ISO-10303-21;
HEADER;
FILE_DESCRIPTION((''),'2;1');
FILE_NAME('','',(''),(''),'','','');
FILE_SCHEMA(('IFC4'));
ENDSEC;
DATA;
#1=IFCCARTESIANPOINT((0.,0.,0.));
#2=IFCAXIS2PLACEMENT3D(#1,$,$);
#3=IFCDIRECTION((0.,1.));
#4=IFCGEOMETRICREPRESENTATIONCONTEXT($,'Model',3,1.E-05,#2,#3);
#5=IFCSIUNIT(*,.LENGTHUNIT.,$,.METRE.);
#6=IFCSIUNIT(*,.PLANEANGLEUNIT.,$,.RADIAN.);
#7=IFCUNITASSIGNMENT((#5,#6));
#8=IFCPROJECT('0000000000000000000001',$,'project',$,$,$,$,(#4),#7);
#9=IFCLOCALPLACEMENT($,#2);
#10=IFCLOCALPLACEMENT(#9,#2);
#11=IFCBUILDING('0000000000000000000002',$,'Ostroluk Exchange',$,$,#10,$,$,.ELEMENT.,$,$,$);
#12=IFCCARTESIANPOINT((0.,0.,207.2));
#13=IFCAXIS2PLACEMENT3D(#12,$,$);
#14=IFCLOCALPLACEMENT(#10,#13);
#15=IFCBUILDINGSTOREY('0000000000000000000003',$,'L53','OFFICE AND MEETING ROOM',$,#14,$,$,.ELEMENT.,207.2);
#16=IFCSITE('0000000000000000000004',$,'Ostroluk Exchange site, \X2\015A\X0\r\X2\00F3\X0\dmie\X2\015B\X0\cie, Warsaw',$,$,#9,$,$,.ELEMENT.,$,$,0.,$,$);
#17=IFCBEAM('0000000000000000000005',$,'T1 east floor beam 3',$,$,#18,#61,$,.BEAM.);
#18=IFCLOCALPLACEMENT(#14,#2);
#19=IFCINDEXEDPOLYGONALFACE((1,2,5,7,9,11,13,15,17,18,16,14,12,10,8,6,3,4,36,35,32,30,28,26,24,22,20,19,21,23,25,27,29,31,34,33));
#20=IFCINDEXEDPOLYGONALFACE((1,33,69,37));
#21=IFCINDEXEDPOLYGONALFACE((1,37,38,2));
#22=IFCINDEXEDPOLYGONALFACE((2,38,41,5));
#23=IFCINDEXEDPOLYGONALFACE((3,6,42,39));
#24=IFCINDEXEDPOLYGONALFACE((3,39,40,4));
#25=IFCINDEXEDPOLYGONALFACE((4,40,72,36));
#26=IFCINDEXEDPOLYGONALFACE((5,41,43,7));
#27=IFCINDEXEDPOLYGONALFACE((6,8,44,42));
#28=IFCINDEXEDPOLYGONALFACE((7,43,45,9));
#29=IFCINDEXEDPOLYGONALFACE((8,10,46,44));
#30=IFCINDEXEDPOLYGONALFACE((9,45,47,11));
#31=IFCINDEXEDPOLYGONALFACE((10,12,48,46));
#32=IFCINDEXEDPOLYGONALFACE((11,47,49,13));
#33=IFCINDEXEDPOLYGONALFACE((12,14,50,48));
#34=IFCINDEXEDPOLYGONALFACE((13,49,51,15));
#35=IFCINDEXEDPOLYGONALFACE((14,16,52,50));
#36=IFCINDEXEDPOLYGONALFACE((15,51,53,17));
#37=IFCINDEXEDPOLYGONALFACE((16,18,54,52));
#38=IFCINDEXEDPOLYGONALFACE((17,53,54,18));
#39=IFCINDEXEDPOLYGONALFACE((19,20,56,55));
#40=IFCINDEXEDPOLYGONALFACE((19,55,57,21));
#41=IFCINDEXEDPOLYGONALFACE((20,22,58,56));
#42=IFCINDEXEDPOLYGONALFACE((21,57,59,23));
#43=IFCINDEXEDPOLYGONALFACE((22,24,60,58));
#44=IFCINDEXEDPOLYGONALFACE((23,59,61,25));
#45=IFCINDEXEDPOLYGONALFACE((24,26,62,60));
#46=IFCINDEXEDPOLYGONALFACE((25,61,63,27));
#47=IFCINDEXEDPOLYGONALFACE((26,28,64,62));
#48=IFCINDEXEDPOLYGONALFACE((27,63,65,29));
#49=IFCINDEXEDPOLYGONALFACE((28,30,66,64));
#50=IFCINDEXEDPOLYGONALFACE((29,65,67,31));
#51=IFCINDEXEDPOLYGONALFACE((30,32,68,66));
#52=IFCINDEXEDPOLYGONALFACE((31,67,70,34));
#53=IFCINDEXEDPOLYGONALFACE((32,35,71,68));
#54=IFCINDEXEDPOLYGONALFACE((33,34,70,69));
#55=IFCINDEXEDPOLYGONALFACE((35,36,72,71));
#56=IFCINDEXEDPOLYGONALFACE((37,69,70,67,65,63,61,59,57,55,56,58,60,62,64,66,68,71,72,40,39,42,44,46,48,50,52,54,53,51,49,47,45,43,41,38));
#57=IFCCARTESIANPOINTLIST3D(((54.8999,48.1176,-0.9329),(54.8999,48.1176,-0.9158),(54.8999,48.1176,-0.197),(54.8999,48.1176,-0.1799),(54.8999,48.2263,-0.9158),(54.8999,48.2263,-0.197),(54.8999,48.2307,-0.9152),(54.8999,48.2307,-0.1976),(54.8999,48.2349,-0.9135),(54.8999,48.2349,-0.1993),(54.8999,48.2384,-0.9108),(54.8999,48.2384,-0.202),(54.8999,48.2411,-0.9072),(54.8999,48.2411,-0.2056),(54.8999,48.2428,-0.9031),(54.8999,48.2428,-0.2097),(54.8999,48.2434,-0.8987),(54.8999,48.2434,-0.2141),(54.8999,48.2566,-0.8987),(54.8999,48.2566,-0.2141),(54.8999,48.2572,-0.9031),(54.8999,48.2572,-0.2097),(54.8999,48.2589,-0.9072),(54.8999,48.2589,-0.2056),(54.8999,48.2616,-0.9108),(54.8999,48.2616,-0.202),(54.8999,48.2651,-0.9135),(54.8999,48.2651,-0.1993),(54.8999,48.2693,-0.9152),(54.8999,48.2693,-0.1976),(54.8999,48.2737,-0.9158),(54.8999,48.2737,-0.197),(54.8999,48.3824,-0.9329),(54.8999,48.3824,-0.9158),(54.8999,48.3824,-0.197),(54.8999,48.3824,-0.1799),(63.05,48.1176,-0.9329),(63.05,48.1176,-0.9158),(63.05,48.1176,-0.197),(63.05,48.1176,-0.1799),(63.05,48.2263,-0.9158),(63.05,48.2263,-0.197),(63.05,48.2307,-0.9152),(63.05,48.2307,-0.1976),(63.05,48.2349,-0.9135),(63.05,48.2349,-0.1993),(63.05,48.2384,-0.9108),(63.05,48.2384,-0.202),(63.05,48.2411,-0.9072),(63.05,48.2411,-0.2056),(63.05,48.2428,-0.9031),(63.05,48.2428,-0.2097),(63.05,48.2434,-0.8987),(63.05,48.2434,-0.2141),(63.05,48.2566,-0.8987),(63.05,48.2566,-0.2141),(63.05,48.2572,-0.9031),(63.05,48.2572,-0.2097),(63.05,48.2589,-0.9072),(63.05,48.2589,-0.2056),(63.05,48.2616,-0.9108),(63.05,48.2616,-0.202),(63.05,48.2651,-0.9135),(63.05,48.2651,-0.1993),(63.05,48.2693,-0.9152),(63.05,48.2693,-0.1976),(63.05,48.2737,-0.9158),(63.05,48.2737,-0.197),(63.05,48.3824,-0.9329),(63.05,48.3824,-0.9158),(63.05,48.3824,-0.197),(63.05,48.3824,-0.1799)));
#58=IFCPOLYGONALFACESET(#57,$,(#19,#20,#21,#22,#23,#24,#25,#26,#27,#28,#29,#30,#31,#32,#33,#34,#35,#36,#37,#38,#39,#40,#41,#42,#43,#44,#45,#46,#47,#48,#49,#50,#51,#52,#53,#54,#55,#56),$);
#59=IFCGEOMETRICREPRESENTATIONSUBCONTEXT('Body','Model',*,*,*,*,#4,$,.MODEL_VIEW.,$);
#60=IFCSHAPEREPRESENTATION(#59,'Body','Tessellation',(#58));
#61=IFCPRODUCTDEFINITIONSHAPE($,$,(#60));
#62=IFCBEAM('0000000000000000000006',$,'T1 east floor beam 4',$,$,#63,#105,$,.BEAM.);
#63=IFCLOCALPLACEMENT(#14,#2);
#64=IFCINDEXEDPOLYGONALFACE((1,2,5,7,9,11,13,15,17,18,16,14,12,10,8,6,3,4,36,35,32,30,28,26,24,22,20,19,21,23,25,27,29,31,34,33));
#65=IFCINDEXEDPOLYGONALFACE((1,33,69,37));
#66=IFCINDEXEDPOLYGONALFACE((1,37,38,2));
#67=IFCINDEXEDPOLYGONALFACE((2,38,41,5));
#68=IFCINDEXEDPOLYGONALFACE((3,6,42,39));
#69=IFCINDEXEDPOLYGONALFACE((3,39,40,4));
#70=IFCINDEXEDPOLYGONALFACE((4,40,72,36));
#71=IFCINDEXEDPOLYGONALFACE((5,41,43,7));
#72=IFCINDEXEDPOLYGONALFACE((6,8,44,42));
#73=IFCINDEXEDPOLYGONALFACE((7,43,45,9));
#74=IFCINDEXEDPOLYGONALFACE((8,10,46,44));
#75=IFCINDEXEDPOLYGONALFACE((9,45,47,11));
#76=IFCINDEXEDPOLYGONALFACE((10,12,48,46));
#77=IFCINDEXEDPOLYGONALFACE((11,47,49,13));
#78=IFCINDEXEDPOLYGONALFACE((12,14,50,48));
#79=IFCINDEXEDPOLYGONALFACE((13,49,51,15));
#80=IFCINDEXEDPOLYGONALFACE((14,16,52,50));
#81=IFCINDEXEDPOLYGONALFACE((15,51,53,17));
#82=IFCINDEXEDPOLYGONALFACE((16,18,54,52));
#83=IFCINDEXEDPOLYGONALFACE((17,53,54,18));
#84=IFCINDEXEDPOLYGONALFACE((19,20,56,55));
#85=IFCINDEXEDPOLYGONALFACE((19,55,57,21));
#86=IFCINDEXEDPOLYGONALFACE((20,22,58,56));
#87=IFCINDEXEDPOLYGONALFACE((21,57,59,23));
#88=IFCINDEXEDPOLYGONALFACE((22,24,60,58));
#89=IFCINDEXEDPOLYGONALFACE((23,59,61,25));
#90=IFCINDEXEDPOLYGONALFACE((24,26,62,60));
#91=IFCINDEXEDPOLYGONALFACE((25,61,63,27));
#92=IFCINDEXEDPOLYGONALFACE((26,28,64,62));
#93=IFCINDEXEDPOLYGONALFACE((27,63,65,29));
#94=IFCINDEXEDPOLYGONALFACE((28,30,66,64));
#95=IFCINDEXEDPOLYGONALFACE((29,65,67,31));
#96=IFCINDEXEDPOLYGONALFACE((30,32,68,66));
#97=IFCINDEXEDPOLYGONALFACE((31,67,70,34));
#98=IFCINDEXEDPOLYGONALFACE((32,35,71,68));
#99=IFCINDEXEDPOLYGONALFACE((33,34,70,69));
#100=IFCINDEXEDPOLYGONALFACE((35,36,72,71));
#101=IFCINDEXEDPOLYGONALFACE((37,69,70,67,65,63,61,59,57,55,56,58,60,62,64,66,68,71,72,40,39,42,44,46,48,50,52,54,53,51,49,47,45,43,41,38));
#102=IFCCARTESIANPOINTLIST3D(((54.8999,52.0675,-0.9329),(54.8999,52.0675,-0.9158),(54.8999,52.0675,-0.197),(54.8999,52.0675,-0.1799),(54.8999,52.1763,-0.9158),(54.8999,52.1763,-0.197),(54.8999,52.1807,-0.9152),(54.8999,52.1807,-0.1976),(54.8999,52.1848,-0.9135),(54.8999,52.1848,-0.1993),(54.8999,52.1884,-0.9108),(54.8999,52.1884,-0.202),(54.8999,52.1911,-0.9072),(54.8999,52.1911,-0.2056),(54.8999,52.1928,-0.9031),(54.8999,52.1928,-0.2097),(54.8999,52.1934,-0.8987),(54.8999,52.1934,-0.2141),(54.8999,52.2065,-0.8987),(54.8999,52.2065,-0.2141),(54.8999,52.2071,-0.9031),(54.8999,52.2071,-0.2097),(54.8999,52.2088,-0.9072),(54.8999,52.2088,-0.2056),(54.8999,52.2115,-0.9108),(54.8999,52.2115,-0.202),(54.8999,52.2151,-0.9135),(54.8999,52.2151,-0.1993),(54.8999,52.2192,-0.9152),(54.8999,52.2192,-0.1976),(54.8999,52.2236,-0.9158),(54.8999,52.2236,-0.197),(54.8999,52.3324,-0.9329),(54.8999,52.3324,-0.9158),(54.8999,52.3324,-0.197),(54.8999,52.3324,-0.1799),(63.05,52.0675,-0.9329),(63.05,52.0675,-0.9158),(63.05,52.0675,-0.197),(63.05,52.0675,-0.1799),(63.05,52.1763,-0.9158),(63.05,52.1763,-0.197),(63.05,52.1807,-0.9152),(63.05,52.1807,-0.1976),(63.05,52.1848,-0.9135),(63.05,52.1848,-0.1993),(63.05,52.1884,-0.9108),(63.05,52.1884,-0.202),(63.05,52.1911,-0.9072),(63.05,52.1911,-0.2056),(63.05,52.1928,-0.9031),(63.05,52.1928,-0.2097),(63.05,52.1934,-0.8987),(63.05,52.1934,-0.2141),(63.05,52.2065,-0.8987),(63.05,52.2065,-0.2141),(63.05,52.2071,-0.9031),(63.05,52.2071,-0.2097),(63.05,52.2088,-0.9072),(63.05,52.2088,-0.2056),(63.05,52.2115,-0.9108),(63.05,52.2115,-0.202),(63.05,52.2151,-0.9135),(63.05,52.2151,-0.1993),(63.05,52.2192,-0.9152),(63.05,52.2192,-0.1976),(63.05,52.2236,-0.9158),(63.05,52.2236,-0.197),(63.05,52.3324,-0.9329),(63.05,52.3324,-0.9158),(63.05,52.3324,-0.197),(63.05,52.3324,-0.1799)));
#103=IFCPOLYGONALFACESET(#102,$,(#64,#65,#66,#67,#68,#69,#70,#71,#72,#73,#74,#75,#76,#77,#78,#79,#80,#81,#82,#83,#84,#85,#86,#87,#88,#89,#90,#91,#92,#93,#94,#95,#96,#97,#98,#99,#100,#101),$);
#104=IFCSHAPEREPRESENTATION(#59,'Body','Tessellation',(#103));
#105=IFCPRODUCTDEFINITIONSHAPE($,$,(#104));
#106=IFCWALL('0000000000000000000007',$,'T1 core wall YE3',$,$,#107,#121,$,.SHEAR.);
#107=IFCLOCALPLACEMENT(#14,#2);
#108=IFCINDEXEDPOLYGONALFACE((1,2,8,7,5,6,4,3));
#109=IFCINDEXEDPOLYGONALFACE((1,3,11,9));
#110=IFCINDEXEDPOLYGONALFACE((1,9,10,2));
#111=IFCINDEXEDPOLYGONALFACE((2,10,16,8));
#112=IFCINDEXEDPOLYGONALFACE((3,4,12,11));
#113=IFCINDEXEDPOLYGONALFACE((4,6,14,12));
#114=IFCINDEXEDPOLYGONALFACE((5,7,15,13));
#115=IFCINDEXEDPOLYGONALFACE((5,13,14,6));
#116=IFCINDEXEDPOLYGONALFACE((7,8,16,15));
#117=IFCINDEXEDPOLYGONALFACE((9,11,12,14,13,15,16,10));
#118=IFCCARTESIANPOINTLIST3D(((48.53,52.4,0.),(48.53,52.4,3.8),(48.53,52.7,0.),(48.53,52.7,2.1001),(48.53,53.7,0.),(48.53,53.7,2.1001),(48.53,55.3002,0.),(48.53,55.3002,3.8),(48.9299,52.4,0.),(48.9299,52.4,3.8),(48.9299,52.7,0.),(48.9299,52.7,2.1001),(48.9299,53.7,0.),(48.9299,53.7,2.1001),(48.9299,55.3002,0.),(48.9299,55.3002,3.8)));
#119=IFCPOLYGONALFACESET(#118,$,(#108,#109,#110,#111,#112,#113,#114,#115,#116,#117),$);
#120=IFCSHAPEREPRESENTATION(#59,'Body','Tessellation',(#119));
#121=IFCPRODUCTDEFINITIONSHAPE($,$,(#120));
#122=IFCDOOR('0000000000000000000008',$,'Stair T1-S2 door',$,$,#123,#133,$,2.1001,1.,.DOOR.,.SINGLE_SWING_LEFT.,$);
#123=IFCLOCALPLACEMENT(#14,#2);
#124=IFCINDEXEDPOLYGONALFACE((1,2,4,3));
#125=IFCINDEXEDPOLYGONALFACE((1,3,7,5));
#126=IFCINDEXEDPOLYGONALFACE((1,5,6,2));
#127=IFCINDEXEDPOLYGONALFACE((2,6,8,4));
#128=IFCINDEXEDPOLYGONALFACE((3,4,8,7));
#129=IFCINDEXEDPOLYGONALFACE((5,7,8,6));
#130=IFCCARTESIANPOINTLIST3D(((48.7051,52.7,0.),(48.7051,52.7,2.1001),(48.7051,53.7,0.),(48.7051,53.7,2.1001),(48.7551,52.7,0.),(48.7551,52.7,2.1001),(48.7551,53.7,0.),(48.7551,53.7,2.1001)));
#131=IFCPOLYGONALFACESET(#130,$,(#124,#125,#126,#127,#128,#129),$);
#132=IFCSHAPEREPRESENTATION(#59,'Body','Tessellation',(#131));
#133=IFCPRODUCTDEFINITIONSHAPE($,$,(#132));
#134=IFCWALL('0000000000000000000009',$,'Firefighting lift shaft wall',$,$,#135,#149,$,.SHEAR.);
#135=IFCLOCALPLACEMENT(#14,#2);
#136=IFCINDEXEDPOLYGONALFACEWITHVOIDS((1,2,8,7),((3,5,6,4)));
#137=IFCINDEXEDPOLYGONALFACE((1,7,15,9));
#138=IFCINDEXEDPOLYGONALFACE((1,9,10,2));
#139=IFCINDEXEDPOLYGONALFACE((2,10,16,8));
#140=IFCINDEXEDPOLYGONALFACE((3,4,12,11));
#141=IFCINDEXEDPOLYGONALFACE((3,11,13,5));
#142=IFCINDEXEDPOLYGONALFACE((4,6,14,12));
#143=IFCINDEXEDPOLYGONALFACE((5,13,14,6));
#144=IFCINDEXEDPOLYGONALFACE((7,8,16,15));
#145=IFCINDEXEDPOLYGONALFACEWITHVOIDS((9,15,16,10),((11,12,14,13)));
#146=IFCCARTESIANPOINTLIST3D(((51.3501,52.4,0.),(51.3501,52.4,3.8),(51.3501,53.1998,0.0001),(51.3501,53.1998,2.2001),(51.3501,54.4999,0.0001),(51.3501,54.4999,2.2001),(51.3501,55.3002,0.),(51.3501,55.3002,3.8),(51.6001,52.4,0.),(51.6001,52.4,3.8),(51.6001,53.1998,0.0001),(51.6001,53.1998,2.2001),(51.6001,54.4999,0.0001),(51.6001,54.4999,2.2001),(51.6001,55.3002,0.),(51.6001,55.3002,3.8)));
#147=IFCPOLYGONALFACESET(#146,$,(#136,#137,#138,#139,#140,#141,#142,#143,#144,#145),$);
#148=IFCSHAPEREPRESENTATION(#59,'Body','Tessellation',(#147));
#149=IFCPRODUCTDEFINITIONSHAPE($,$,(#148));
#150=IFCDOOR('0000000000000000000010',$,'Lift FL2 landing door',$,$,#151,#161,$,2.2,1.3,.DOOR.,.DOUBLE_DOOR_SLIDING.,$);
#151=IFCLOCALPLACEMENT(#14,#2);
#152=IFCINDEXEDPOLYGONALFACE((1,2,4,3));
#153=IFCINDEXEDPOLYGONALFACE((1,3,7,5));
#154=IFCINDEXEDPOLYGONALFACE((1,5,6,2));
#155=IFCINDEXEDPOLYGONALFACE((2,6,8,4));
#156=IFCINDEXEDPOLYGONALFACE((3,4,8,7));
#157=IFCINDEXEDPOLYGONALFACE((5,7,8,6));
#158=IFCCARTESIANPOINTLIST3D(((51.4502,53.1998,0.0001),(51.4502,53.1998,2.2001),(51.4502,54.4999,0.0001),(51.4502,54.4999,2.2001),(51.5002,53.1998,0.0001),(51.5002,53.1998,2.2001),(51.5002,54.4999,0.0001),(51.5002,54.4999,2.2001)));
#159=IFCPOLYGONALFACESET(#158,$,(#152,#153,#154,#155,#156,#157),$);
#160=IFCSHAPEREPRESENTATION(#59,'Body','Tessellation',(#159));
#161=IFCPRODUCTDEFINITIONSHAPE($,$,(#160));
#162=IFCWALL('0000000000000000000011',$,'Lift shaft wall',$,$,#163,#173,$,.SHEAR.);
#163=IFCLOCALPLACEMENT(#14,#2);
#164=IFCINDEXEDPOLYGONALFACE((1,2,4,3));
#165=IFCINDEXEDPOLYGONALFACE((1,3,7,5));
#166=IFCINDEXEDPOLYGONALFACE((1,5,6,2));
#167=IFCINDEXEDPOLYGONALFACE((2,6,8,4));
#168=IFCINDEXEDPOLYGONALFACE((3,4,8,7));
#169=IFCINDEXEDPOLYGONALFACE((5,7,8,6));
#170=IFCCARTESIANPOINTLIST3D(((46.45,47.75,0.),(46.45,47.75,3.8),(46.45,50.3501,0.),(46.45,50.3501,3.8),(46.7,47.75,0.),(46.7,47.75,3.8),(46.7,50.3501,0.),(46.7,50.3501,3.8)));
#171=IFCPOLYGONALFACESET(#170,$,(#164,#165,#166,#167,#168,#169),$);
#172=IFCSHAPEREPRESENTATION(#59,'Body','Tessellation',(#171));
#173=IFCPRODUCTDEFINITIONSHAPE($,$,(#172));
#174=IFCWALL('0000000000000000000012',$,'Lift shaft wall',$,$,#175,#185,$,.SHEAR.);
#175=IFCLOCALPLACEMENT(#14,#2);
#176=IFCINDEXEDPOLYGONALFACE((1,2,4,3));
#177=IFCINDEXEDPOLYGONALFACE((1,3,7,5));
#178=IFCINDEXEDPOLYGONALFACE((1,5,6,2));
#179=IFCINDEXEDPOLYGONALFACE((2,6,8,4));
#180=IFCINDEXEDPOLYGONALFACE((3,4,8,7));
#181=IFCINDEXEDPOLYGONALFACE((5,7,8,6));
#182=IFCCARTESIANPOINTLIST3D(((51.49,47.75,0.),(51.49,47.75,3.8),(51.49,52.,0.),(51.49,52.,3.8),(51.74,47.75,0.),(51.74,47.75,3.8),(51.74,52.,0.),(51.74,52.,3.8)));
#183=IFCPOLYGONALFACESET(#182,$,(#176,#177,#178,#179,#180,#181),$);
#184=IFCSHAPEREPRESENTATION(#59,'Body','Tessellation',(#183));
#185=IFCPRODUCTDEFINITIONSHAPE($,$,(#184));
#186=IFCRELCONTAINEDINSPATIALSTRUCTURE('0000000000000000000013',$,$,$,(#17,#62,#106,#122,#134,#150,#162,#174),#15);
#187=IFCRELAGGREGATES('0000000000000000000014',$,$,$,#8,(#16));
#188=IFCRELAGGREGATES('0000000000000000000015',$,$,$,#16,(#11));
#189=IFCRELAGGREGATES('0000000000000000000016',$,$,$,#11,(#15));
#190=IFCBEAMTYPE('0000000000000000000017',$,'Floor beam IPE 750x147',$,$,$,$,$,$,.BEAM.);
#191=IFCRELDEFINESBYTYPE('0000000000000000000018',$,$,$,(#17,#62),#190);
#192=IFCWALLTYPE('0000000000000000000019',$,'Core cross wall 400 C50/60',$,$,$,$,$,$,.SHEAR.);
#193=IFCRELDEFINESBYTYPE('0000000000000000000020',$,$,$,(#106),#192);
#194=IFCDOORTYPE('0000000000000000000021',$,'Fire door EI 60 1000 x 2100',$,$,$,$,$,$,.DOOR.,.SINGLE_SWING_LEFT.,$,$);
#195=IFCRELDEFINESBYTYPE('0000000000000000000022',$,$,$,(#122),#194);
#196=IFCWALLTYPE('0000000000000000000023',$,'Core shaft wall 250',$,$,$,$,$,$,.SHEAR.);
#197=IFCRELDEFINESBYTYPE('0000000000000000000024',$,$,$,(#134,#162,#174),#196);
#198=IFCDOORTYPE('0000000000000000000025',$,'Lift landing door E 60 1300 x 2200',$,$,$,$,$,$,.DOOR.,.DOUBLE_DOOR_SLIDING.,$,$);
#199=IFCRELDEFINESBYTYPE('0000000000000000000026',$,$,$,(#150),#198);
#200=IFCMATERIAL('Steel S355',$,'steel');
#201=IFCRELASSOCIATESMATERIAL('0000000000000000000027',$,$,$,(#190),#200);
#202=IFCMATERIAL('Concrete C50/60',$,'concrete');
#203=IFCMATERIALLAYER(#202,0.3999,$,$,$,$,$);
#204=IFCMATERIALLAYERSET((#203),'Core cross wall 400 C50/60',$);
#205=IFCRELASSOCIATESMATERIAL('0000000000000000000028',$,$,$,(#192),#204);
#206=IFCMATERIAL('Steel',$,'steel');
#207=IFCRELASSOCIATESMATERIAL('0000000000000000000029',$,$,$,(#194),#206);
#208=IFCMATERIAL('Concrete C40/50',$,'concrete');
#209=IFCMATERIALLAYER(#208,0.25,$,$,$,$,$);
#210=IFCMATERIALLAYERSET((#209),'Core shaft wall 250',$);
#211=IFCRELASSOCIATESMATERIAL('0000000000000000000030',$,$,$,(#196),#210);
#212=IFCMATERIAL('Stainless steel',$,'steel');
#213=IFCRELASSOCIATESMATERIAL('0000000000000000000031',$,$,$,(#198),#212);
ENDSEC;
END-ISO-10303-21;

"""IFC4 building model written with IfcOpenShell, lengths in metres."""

from ifc_helpers import new_model, si_unit, direction, frame, frame_2d, origin, origin_2d, place, context, subcontext, project, spatial, rectangle, i_section, extrude, material, layer, layer_set, material_profile, profile_set, type_object, element, fill, save


model = new_model("IFC4")

# Units and contexts
model_context = context("Model", 3, precision=1e-05, world=origin(), true_north=direction((0.0, 1.0)))
body_context = subcontext(model_context, "Body", "Model", "MODEL_VIEW")
ifc_project = project(units=[si_unit("LENGTHUNIT", "METRE"), si_unit("PLANEANGLEUNIT", "RADIAN")], contexts=[model_context])

# Site, building, storey
site_placement = place(None, origin())
site = spatial("IfcSite", under=ifc_project, at=site_placement, Name="Ostroluk Exchange site, Śródmieście, Warsaw", CompositionType="ELEMENT", RefElevation=0.0)
building_placement = place(site_placement, origin())
building = spatial("IfcBuilding", under=site, at=building_placement, Name="Ostroluk Exchange", CompositionType="ELEMENT")
storey_placement = place(building_placement, frame((0.0, 0.0, 207.2)))
storey = spatial("IfcBuildingStorey", under=building, at=storey_placement, Name="L53", Description="OFFICE AND MEETING ROOM", CompositionType="ELEMENT", Elevation=207.2)

# Beams
ifc_material_1 = material(Name="Steel S355", Category="steel")
ifc_material_profile = material_profile(ifc_material_1, i_section(OverallWidth=0.2649, OverallDepth=0.7529, WebThickness=0.0132, FlangeThickness=0.0171, FilletRadius=0.0171, at=origin_2d()), Name="IPE 750x147")
ifc_profile_set = profile_set([ifc_material_profile], Name="Steel S355")
beam_type = type_object("IfcBeamType", Name="Floor beam IPE 750x147", PredefinedType="BEAM", material=ifc_profile_set)
for number, where, z_axis, x_axis, name in (
    (1, (54.8999, 48.25, -0.5564), (1.0, 0.0, 0.0), (0.0, 1.0, 0.0), "T1 east floor beam 3"),
    (2, (54.8999, 52.2, -0.5564), (1.0, 0.0, 0.0), (0.0, 1.0, 0.0), "T1 east floor beam 4"),
):
    element("IfcBeam", number, at=place(storey_placement, frame(where, z_axis=z_axis, x_axis=x_axis)), inside=storey, type_object=beam_type, Name=name, PredefinedType="BEAM", context=body_context, shape_type="SweptSolid", body=[
        extrude(i_section(OverallWidth=0.2649, OverallDepth=0.7529, WebThickness=0.0132, FlangeThickness=0.0171, FilletRadius=0.0171, at=origin_2d()), origin(), (0.0, 0.0, 1.0), 8.1501),
    ])

# Walls, openings, doors
ifc_material_2 = material(Name="Concrete C50/60", Category="concrete")
ifc_layer_1 = layer(ifc_material_2, 0.3999)
ifc_layer_set_1 = layer_set([ifc_layer_1], Name="Core cross wall 400 C50/60")
wall_type_1 = type_object("IfcWallType", Name="Core cross wall 400 C50/60", PredefinedType="SHEAR", material=ifc_layer_set_1)
wall_1_placement = place(storey_placement, frame((48.73, 52.3999, 0.0), z_axis=(0.0, 0.0, 1.0), x_axis=(0.0, 1.0, 0.0)))
wall_1 = element("IfcWall", 3, at=wall_1_placement, inside=storey, type_object=wall_type_1, Name="T1 core wall YE3", PredefinedType="SHEAR", context=body_context, shape_type="SweptSolid", body=[
    extrude(rectangle(XDim=2.9001, YDim=0.3999, at=frame_2d((1.4502, 0.0))), origin(), (0.0, 0.0, 1.0), 3.8),
])
opening_1_placement = place(wall_1_placement, frame((0.3, 0.0, 0.0)))
opening_1 = element("IfcOpeningElement", 4, at=opening_1_placement, cuts=wall_1, PredefinedType="OPENING", context=body_context, shape_type="SweptSolid", body=[
    extrude(rectangle(XDim=1.0, YDim=2.1001, at=frame_2d((0.5, 1.05))), frame((0.0, 0.21, 0.0), z_axis=(0.0, -1.0, 0.0), x_axis=(1.0, 0.0, 0.0)), (0.0, 0.0, 1.0), 0.4199),
])
ifc_material_3 = material(Name="Steel", Category="steel")
door_type_1 = type_object("IfcDoorType", Name="Fire door EI 60 1000 x 2100", OperationType="SINGLE_SWING_LEFT", PredefinedType="DOOR", material=ifc_material_3)
door_1_placement = place(opening_1_placement, origin())
door_1 = element("IfcDoor", 5, at=door_1_placement, inside=storey, type_object=door_type_1, Name="Stair T1-S2 door", OperationType="SINGLE_SWING_LEFT", OverallHeight=2.1001, OverallWidth=1.0, PredefinedType="DOOR", context=body_context, shape_type="SweptSolid", body=[
    extrude(rectangle(XDim=1.0, YDim=2.1001, at=frame_2d((0.5, 1.05))), frame((0.0, 0.0249, 0.0), z_axis=(0.0, -1.0, 0.0), x_axis=(1.0, 0.0, 0.0)), (0.0, 0.0, 1.0), 0.05),
])
fill(opening_1, door_1)
ifc_material_4 = material(Name="Concrete C40/50", Category="concrete")
ifc_layer_2 = layer(ifc_material_4, 0.25)
ifc_layer_set_2 = layer_set([ifc_layer_2], Name="Core shaft wall 250")
wall_type_2 = type_object("IfcWallType", Name="Core shaft wall 250", PredefinedType="SHEAR", material=ifc_layer_set_2)
wall_2_placement = place(storey_placement, frame((51.4751, 52.3999, 0.0), z_axis=(0.0, 0.0, 1.0), x_axis=(0.0, 1.0, 0.0)))
wall_2 = element("IfcWall", 6, at=wall_2_placement, inside=storey, type_object=wall_type_2, Name="Firefighting lift shaft wall", PredefinedType="SHEAR", context=body_context, shape_type="SweptSolid", body=[
    extrude(rectangle(XDim=2.9001, YDim=0.25, at=frame_2d((1.4502, 0.0))), origin(), (0.0, 0.0, 1.0), 3.8),
])
opening_2_placement = place(wall_2_placement, frame((0.8, 0.0, 0.0)))
opening_2 = element("IfcOpeningElement", 7, at=opening_2_placement, cuts=wall_2, PredefinedType="OPENING", context=body_context, shape_type="SweptSolid", body=[
    extrude(rectangle(XDim=1.3, YDim=2.2, at=frame_2d((0.6499, 1.1001))), frame((0.0, 0.135, 0.0), z_axis=(0.0, -1.0, 0.0), x_axis=(1.0, 0.0, 0.0)), (0.0, 0.0, 1.0), 0.27),
])
ifc_material_5 = material(Name="Stainless steel", Category="steel")
door_type_2 = type_object("IfcDoorType", Name="Lift landing door E 60 1300 x 2200", OperationType="DOUBLE_DOOR_SLIDING", PredefinedType="DOOR", material=ifc_material_5)
door_2_placement = place(opening_2_placement, origin())
door_2 = element("IfcDoor", 8, at=door_2_placement, inside=storey, type_object=door_type_2, Name="Lift FL2 landing door", OperationType="DOUBLE_DOOR_SLIDING", OverallHeight=2.2, OverallWidth=1.3, PredefinedType="DOOR", context=body_context, shape_type="SweptSolid", body=[
    extrude(rectangle(XDim=1.3, YDim=2.2, at=frame_2d((0.6499, 1.1001))), frame((0.0, 0.0249, 0.0), z_axis=(0.0, -1.0, 0.0), x_axis=(1.0, 0.0, 0.0)), (0.0, 0.0, 1.0), 0.05),
])
fill(opening_2, door_2)

# Walls
wall_3_placement = place(storey_placement, frame((46.575, 47.75, 0.0), z_axis=(0.0, 0.0, 1.0), x_axis=(0.0, 1.0, 0.0)))
element("IfcWall", 9, at=wall_3_placement, inside=storey, type_object=wall_type_2, Name="Lift shaft wall", PredefinedType="SHEAR", context=body_context, shape_type="SweptSolid", body=[
    extrude(rectangle(XDim=2.6001, YDim=0.25, at=frame_2d((1.3, 0.0))), origin(), (0.0, 0.0, 1.0), 3.8),
])
wall_4_placement = place(storey_placement, frame((51.615, 47.75, 0.0), z_axis=(0.0, 0.0, 1.0), x_axis=(0.0, 1.0, 0.0)))
element("IfcWall", 10, at=wall_4_placement, inside=storey, type_object=wall_type_2, Name="Lift shaft wall", PredefinedType="SHEAR", context=body_context, shape_type="SweptSolid", body=[
    extrude(rectangle(XDim=4.25, YDim=0.25, at=frame_2d((2.125, 0.0))), origin(), (0.0, 0.0, 1.0), 3.8),
])

save(model, "model.ifc")
